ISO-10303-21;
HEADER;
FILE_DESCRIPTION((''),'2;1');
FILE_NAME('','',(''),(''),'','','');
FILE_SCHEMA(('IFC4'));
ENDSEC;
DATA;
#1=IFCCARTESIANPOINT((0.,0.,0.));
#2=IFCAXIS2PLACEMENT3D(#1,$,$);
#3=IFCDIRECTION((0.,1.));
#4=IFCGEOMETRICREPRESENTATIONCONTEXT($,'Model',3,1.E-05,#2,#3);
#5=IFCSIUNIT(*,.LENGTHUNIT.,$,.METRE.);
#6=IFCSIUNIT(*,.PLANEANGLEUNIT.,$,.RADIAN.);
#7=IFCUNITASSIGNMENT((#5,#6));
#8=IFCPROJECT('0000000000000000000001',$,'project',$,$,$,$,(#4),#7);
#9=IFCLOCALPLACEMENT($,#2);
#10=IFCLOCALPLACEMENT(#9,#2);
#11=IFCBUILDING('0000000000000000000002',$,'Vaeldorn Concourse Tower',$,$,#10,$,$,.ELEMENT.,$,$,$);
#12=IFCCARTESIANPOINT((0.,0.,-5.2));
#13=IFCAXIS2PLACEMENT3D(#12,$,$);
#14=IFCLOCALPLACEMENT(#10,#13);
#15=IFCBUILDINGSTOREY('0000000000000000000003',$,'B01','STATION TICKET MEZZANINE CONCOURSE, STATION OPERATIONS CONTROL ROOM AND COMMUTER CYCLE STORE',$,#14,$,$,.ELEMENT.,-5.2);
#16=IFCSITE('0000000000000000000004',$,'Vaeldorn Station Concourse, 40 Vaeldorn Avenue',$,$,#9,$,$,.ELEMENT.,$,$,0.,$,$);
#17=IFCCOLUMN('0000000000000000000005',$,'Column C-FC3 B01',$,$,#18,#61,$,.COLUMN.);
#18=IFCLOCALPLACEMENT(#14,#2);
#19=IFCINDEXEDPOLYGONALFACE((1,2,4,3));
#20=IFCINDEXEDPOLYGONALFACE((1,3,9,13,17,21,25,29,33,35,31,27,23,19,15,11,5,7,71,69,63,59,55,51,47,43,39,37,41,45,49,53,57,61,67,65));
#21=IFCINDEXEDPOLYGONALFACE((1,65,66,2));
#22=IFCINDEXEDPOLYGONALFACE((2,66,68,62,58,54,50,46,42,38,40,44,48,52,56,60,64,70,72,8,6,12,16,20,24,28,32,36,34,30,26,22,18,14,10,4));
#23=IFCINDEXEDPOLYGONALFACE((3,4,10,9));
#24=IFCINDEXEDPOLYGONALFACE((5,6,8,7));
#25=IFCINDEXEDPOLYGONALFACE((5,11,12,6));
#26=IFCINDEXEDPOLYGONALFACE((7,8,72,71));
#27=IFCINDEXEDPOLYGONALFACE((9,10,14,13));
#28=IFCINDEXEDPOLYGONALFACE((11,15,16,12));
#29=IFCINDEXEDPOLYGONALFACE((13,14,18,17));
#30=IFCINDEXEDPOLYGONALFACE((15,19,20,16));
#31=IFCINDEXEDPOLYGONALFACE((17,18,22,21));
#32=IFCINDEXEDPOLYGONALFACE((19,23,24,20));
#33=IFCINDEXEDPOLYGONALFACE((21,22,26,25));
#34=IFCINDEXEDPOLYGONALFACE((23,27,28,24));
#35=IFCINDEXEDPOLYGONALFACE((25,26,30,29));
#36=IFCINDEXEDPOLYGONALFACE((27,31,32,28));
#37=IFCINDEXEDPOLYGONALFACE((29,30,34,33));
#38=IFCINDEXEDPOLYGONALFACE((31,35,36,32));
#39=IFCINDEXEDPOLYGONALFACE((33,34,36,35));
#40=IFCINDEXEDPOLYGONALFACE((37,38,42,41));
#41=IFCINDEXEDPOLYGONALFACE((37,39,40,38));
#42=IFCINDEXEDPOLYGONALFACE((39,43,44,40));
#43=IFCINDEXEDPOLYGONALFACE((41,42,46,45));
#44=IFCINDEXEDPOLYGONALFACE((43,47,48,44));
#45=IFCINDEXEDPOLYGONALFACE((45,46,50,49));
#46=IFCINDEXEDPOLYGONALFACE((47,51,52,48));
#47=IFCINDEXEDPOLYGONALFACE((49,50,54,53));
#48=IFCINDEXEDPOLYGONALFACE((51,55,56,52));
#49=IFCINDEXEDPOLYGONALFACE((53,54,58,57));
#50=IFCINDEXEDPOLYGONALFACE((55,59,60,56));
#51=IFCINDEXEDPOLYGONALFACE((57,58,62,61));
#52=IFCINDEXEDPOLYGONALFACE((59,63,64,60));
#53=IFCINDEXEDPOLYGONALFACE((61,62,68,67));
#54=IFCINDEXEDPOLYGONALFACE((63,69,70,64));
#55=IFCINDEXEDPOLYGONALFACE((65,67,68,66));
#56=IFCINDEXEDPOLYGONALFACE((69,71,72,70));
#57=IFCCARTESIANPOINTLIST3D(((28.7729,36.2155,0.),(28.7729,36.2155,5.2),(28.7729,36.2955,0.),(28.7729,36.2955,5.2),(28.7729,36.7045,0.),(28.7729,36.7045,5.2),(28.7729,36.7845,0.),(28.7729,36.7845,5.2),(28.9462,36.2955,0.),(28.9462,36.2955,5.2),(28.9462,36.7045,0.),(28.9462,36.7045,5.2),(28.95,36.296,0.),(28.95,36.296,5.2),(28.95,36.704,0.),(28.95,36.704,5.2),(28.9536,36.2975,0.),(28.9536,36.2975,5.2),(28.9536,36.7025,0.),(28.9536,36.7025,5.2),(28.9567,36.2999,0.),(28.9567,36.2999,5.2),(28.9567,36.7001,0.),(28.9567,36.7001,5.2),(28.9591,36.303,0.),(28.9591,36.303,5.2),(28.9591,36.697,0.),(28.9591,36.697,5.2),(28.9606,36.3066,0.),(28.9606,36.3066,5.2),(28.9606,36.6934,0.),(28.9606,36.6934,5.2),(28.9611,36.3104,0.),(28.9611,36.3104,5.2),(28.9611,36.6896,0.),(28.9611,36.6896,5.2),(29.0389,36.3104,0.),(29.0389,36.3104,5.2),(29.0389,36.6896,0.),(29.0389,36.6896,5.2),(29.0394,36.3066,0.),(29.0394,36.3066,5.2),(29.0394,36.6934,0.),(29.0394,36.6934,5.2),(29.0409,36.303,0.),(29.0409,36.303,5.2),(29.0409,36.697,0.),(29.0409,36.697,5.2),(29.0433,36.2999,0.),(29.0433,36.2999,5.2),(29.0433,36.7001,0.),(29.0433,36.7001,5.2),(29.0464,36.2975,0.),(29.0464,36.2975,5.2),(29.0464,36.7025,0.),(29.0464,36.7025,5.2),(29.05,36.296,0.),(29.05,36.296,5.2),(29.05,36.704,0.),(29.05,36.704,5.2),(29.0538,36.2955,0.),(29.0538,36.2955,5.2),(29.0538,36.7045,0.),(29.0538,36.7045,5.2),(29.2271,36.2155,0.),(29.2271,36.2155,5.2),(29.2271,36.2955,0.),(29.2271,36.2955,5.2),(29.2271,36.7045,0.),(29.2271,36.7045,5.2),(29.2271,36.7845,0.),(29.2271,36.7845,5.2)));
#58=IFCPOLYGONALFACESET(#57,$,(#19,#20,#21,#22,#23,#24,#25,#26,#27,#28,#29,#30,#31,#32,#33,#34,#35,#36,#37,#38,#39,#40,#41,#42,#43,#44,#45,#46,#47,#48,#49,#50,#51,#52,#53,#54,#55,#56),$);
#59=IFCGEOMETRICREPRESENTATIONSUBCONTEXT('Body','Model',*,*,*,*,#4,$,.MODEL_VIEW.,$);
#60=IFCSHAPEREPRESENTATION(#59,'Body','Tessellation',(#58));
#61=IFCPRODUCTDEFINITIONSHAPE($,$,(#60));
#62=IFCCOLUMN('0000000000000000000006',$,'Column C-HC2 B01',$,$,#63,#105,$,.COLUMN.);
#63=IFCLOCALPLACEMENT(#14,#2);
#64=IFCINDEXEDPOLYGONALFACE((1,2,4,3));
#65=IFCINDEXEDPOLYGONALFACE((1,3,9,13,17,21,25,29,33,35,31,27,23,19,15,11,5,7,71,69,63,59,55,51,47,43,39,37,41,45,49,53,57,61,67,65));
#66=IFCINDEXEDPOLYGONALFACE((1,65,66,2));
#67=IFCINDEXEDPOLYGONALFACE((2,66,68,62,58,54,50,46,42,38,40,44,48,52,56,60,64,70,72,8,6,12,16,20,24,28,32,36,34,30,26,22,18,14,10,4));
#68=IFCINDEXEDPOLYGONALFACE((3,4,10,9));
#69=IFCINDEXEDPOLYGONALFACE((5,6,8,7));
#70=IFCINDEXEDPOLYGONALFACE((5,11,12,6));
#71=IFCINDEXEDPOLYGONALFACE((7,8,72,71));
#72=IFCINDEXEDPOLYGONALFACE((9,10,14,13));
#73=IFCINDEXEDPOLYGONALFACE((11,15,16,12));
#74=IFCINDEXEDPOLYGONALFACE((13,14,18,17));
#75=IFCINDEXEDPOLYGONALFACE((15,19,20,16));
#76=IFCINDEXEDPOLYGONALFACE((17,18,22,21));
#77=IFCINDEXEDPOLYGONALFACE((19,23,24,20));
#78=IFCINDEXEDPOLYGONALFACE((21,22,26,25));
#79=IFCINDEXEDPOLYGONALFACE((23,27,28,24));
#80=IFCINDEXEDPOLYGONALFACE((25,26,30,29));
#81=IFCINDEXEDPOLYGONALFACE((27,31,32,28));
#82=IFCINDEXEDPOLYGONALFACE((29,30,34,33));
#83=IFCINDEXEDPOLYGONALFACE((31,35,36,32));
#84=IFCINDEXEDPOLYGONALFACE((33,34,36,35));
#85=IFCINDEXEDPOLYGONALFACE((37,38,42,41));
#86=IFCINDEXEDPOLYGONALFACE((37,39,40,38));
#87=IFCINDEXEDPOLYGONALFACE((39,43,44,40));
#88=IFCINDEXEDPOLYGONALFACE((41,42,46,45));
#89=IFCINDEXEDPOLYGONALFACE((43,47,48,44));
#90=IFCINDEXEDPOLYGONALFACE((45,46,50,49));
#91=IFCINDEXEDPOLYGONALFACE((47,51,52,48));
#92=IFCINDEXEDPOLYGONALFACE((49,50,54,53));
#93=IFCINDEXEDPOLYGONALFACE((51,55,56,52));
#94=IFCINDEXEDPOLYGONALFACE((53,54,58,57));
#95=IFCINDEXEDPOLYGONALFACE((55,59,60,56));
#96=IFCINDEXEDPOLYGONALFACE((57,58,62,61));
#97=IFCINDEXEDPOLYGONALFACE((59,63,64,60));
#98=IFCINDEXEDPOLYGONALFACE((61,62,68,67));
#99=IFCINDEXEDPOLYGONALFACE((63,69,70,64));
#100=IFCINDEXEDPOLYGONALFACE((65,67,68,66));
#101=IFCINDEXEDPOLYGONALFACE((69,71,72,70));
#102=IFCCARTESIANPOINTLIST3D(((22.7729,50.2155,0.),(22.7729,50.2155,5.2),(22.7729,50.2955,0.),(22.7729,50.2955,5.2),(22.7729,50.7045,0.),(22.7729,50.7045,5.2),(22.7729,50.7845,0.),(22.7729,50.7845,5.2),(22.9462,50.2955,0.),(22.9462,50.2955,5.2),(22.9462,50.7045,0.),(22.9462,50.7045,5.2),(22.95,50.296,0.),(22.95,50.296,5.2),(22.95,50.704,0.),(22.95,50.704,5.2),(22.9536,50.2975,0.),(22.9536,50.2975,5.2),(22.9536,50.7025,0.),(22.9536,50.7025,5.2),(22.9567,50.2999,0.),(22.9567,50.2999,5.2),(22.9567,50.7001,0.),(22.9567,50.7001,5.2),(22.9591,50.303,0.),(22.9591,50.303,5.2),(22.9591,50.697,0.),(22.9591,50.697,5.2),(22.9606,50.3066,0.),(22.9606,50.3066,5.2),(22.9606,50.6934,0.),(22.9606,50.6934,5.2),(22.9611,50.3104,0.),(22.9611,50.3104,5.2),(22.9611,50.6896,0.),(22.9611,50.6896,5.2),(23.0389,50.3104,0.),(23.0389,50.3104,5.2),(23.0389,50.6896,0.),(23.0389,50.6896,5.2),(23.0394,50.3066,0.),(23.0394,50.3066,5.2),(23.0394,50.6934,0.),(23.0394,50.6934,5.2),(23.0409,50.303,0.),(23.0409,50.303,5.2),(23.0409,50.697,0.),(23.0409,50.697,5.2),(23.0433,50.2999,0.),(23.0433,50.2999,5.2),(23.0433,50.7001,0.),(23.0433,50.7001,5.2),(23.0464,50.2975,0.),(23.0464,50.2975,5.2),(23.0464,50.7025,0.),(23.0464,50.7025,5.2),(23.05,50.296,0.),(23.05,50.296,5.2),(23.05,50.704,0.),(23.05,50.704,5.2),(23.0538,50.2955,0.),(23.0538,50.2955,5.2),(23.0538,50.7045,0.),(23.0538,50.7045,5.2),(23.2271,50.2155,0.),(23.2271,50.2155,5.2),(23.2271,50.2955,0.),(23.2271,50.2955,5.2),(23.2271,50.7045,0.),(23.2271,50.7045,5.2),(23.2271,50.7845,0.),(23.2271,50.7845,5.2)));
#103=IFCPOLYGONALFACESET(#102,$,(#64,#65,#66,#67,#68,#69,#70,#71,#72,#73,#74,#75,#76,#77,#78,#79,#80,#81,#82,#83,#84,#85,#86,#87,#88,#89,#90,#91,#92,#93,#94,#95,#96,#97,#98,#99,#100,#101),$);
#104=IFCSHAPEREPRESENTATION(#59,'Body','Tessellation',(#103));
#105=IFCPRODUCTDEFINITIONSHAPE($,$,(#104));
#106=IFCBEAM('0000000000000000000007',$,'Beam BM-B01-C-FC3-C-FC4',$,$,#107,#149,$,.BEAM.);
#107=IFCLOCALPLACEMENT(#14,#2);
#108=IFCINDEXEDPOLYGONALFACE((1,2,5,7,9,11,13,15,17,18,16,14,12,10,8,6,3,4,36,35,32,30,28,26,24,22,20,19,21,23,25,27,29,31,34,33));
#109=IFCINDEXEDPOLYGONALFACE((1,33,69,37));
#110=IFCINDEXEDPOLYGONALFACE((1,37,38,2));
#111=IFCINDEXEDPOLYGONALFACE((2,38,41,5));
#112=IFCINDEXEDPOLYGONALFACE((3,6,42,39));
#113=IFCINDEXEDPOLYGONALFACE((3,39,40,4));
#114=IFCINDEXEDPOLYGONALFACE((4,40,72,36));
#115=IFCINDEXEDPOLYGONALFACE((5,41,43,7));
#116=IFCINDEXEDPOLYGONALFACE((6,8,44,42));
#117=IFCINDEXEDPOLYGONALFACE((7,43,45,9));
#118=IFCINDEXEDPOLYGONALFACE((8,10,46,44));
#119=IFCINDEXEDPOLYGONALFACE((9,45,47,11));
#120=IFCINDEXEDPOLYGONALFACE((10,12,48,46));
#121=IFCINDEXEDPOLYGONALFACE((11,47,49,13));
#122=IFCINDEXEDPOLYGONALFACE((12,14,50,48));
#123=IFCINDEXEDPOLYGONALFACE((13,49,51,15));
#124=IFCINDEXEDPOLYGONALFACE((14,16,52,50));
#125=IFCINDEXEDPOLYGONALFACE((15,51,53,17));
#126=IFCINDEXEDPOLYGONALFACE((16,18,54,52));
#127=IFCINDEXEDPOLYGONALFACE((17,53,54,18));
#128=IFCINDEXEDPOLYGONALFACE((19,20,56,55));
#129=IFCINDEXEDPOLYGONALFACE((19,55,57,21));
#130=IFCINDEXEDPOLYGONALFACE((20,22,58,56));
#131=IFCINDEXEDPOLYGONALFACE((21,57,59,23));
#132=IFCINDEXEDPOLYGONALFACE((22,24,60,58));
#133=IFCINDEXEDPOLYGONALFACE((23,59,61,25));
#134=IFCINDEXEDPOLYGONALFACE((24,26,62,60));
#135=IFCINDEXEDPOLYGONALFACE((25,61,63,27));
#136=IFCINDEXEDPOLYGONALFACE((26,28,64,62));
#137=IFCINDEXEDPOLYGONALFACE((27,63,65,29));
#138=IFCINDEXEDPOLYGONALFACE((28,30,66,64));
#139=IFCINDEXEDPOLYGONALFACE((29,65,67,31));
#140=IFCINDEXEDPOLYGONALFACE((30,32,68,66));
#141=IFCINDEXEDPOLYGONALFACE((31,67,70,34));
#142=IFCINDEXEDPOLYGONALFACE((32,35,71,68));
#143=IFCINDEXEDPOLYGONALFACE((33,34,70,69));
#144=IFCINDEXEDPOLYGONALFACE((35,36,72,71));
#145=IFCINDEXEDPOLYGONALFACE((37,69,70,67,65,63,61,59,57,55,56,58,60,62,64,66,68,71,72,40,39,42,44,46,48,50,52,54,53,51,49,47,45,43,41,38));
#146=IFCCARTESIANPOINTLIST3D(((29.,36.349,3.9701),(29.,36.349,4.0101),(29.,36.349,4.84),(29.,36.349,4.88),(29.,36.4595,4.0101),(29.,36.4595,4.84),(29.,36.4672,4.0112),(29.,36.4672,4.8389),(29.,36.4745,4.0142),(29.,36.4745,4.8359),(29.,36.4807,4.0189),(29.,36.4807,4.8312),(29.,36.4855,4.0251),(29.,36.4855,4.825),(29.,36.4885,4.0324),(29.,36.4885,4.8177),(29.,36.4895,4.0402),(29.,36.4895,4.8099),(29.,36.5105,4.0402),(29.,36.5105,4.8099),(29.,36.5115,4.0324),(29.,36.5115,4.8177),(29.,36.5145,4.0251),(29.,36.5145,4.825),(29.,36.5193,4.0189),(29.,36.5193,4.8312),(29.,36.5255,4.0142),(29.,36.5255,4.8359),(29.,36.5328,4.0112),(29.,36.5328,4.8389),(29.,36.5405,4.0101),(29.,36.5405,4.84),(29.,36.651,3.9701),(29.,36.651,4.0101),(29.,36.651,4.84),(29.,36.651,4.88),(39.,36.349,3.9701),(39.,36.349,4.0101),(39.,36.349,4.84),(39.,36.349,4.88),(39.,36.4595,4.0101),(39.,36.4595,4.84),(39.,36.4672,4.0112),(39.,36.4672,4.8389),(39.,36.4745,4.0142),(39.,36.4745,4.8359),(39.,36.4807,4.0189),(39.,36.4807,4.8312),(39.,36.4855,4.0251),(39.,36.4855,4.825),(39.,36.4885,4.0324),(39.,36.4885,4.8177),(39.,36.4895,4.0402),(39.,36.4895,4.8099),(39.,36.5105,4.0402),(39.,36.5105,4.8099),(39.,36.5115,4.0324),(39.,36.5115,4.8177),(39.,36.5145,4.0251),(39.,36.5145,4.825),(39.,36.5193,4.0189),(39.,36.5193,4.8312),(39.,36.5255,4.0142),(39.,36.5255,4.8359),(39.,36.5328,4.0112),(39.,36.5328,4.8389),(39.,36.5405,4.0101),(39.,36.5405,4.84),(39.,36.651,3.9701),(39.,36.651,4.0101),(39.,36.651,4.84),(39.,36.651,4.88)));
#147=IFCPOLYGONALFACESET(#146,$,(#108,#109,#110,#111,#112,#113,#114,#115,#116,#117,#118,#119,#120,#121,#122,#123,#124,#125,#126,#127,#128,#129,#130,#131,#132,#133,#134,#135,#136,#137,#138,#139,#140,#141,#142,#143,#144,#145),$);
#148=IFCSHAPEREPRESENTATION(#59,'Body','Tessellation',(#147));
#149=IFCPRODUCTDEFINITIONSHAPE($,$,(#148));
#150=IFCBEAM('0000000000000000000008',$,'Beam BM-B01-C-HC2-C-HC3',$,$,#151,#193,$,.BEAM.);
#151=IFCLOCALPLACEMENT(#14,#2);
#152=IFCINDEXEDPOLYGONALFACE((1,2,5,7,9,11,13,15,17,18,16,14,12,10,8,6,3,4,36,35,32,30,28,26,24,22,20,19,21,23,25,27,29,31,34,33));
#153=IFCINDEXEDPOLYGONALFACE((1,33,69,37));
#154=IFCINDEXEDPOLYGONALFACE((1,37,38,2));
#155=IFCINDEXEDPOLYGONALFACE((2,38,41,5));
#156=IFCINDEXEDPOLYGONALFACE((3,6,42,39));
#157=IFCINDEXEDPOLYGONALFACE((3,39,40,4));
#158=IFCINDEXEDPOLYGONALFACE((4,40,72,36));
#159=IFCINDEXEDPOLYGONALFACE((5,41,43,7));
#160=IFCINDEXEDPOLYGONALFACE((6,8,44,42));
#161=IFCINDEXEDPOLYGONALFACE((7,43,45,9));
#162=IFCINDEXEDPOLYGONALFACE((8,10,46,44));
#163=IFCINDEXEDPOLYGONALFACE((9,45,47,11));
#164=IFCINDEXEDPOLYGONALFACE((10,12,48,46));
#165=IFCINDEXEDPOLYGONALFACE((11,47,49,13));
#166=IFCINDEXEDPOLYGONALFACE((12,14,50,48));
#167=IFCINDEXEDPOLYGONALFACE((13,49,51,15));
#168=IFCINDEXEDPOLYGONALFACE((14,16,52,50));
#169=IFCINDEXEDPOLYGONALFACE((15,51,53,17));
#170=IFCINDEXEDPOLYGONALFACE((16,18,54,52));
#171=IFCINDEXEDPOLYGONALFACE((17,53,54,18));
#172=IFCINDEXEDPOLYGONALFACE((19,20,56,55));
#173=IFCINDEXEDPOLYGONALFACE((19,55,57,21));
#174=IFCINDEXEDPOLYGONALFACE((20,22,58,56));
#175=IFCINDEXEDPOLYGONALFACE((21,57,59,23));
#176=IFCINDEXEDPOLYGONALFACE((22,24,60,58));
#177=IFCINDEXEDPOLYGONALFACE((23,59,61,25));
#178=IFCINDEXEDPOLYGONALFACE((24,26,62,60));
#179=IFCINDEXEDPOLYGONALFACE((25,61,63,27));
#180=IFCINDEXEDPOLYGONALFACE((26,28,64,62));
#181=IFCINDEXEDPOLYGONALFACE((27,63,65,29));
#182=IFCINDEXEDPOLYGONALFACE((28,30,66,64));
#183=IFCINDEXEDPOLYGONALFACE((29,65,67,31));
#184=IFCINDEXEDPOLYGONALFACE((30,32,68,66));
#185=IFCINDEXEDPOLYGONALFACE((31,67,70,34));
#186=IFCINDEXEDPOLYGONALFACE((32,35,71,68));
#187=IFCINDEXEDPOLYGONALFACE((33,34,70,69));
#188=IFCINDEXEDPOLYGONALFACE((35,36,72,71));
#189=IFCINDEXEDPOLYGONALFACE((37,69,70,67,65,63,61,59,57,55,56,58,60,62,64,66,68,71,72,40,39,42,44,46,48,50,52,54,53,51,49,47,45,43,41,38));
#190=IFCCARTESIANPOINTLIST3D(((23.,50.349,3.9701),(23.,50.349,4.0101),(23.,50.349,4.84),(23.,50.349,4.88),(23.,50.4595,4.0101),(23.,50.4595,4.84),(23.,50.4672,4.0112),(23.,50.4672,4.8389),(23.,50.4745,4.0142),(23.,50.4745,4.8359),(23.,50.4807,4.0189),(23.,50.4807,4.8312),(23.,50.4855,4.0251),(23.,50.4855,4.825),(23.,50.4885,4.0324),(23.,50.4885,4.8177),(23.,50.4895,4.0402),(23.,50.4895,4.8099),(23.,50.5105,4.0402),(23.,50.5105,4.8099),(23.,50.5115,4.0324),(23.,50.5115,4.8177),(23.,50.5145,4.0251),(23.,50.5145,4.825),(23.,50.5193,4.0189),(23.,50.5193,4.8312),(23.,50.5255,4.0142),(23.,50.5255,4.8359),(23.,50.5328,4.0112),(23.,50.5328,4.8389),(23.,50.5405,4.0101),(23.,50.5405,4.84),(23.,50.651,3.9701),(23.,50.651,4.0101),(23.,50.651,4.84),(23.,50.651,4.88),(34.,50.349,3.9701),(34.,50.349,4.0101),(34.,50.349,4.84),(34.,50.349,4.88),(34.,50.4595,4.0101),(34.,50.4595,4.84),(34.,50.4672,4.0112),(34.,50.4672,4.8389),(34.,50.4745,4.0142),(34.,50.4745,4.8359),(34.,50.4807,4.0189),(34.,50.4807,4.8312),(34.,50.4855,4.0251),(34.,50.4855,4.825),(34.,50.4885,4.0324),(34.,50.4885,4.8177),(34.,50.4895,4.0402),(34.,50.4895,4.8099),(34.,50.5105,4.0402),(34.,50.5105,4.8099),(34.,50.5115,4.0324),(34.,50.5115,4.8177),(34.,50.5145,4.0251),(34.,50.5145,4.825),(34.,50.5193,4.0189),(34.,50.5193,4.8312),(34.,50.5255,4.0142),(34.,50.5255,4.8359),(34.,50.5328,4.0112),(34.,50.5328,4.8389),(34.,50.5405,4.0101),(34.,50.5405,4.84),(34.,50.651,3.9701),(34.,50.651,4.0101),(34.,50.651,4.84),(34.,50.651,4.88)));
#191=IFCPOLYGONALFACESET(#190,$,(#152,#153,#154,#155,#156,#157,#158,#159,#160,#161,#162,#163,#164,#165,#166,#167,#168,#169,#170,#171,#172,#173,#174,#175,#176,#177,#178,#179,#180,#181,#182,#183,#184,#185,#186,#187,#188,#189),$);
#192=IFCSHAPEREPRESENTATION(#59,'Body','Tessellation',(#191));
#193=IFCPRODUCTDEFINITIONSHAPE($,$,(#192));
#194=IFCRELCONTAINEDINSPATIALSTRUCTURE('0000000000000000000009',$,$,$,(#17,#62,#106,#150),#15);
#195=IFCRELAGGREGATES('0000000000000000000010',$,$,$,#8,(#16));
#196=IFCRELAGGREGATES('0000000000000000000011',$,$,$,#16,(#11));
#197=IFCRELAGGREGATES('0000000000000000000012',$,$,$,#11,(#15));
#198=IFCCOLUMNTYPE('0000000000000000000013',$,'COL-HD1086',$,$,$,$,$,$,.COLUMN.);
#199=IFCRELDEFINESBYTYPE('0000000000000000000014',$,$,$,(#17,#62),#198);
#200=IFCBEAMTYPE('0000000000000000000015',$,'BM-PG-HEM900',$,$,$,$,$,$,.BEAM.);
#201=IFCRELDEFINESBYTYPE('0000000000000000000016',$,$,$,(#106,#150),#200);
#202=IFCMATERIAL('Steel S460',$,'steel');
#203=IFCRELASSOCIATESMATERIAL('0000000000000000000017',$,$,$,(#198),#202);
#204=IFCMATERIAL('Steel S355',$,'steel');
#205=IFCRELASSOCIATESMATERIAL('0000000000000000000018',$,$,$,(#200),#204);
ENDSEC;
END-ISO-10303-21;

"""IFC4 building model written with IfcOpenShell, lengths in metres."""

from ifc_helpers import new_model, si_unit, direction, frame, origin, origin_2d, place, context, subcontext, project, spatial, i_section, extrude, source, transform, mapped, material, material_profile, profile_set, type_object, element, save


model = new_model("IFC4")

# Units and contexts
model_context = context("Model", 3, precision=1e-05, world=origin(), true_north=direction((0.0, 1.0)))
body_context = subcontext(model_context, "Body", "Model", "MODEL_VIEW")
ifc_project = project(units=[si_unit("LENGTHUNIT", "METRE"), si_unit("PLANEANGLEUNIT", "RADIAN")], contexts=[model_context])

# Site, building, storey
site_placement = place(None, origin())
site = spatial("IfcSite", under=ifc_project, at=site_placement, Name="Vaeldorn Station Concourse, 40 Vaeldorn Avenue", CompositionType="ELEMENT", RefElevation=0.0)
building_placement = place(site_placement, origin())
building = spatial("IfcBuilding", under=site, at=building_placement, Name="Vaeldorn Concourse Tower", CompositionType="ELEMENT")
storey_placement = place(building_placement, frame((0.0, 0.0, -5.2)))
storey = spatial("IfcBuildingStorey", under=building, at=storey_placement, Name="B01", Description="STATION TICKET MEZZANINE CONCOURSE, STATION OPERATIONS CONTROL ROOM AND COMMUTER CYCLE STORE", CompositionType="ELEMENT", Elevation=-5.2)

# Columns
ifc_material_1 = material(Name="Steel S460", Category="steel")
ifc_material_profile_1 = material_profile(ifc_material_1, i_section(OverallWidth=0.4541, OverallDepth=0.5691, WebThickness=0.0779, FlangeThickness=0.0801, FilletRadius=0.0149, at=origin_2d()), Name="HD 400x1086")
ifc_profile_set_1 = profile_set([ifc_material_profile_1], Name="Steel S460")
column_type = type_object("IfcColumnType", Name="COL-HD1086", PredefinedType="COLUMN", material=ifc_profile_set_1)
shared_shape_1 = source(origin(), body_context, "Body", "SweptSolid", [
    extrude(i_section(OverallWidth=0.4541, OverallDepth=0.5691, WebThickness=0.0779, FlangeThickness=0.0801, FilletRadius=0.0149, at=origin_2d()), origin(), (0.0, 0.0, 1.0), 5.2),
])
for number, where, z_axis, x_axis, name in (
    (1, (29.0, 36.5, 0.0), (0.0, 0.0, 1.0), (1.0, 0.0, 0.0), "Column C-FC3 B01"),
    (2, (23.0, 50.5, 0.0), (0.0, 0.0, 1.0), (1.0, 0.0, 0.0), "Column C-HC2 B01"),
):
    element("IfcColumn", number, at=place(storey_placement, frame(where, z_axis=z_axis, x_axis=x_axis)), inside=storey, type_object=column_type, Name=name, PredefinedType="COLUMN", context=body_context, shape_type="MappedRepresentation", body=[
        mapped(shared_shape_1, transform((0.0, 0.0, 0.0), scale=1.0)),
    ])

# Beams
ifc_material_2 = material(Name="Steel S355", Category="steel")
ifc_material_profile_2 = material_profile(ifc_material_2, i_section(OverallWidth=0.302, OverallDepth=0.9099, WebThickness=0.021, FlangeThickness=0.04, FilletRadius=0.03, at=origin_2d()), Name="HEM 900")
ifc_profile_set_2 = profile_set([ifc_material_profile_2], Name="Steel S355")
beam_type = type_object("IfcBeamType", Name="BM-PG-HEM900", PredefinedType="BEAM", material=ifc_profile_set_2)
shared_shape_2 = source(origin(), body_context, "Body", "SweptSolid", [
    extrude(i_section(OverallWidth=0.302, OverallDepth=0.9099, WebThickness=0.021, FlangeThickness=0.04, FilletRadius=0.03, at=origin_2d()), origin(), (0.0, 0.0, 1.0), 10.0),
])
beam_1_placement = place(storey_placement, frame((29.0, 36.5, 4.425), z_axis=(1.0, 0.0, 0.0), x_axis=(0.0, 1.0, 0.0)))
element("IfcBeam", 3, at=beam_1_placement, inside=storey, type_object=beam_type, Name="Beam BM-B01-C-FC3-C-FC4", PredefinedType="BEAM", context=body_context, shape_type="MappedRepresentation", body=[
    mapped(shared_shape_2, transform((0.0, 0.0, 0.0), scale=1.0)),
])
shared_shape_3 = source(origin(), body_context, "Body", "SweptSolid", [
    extrude(i_section(OverallWidth=0.302, OverallDepth=0.9099, WebThickness=0.021, FlangeThickness=0.04, FilletRadius=0.03, at=origin_2d()), origin(), (0.0, 0.0, 1.0), 11.0),
])
beam_2_placement = place(storey_placement, frame((23.0, 50.5, 4.425), z_axis=(1.0, 0.0, 0.0), x_axis=(0.0, 1.0, 0.0)))
element("IfcBeam", 4, at=beam_2_placement, inside=storey, type_object=beam_type, Name="Beam BM-B01-C-HC2-C-HC3", PredefinedType="BEAM", context=body_context, shape_type="MappedRepresentation", body=[
    mapped(shared_shape_3, transform((0.0, 0.0, 0.0), scale=1.0)),
])

save(model, "model.ifc")
